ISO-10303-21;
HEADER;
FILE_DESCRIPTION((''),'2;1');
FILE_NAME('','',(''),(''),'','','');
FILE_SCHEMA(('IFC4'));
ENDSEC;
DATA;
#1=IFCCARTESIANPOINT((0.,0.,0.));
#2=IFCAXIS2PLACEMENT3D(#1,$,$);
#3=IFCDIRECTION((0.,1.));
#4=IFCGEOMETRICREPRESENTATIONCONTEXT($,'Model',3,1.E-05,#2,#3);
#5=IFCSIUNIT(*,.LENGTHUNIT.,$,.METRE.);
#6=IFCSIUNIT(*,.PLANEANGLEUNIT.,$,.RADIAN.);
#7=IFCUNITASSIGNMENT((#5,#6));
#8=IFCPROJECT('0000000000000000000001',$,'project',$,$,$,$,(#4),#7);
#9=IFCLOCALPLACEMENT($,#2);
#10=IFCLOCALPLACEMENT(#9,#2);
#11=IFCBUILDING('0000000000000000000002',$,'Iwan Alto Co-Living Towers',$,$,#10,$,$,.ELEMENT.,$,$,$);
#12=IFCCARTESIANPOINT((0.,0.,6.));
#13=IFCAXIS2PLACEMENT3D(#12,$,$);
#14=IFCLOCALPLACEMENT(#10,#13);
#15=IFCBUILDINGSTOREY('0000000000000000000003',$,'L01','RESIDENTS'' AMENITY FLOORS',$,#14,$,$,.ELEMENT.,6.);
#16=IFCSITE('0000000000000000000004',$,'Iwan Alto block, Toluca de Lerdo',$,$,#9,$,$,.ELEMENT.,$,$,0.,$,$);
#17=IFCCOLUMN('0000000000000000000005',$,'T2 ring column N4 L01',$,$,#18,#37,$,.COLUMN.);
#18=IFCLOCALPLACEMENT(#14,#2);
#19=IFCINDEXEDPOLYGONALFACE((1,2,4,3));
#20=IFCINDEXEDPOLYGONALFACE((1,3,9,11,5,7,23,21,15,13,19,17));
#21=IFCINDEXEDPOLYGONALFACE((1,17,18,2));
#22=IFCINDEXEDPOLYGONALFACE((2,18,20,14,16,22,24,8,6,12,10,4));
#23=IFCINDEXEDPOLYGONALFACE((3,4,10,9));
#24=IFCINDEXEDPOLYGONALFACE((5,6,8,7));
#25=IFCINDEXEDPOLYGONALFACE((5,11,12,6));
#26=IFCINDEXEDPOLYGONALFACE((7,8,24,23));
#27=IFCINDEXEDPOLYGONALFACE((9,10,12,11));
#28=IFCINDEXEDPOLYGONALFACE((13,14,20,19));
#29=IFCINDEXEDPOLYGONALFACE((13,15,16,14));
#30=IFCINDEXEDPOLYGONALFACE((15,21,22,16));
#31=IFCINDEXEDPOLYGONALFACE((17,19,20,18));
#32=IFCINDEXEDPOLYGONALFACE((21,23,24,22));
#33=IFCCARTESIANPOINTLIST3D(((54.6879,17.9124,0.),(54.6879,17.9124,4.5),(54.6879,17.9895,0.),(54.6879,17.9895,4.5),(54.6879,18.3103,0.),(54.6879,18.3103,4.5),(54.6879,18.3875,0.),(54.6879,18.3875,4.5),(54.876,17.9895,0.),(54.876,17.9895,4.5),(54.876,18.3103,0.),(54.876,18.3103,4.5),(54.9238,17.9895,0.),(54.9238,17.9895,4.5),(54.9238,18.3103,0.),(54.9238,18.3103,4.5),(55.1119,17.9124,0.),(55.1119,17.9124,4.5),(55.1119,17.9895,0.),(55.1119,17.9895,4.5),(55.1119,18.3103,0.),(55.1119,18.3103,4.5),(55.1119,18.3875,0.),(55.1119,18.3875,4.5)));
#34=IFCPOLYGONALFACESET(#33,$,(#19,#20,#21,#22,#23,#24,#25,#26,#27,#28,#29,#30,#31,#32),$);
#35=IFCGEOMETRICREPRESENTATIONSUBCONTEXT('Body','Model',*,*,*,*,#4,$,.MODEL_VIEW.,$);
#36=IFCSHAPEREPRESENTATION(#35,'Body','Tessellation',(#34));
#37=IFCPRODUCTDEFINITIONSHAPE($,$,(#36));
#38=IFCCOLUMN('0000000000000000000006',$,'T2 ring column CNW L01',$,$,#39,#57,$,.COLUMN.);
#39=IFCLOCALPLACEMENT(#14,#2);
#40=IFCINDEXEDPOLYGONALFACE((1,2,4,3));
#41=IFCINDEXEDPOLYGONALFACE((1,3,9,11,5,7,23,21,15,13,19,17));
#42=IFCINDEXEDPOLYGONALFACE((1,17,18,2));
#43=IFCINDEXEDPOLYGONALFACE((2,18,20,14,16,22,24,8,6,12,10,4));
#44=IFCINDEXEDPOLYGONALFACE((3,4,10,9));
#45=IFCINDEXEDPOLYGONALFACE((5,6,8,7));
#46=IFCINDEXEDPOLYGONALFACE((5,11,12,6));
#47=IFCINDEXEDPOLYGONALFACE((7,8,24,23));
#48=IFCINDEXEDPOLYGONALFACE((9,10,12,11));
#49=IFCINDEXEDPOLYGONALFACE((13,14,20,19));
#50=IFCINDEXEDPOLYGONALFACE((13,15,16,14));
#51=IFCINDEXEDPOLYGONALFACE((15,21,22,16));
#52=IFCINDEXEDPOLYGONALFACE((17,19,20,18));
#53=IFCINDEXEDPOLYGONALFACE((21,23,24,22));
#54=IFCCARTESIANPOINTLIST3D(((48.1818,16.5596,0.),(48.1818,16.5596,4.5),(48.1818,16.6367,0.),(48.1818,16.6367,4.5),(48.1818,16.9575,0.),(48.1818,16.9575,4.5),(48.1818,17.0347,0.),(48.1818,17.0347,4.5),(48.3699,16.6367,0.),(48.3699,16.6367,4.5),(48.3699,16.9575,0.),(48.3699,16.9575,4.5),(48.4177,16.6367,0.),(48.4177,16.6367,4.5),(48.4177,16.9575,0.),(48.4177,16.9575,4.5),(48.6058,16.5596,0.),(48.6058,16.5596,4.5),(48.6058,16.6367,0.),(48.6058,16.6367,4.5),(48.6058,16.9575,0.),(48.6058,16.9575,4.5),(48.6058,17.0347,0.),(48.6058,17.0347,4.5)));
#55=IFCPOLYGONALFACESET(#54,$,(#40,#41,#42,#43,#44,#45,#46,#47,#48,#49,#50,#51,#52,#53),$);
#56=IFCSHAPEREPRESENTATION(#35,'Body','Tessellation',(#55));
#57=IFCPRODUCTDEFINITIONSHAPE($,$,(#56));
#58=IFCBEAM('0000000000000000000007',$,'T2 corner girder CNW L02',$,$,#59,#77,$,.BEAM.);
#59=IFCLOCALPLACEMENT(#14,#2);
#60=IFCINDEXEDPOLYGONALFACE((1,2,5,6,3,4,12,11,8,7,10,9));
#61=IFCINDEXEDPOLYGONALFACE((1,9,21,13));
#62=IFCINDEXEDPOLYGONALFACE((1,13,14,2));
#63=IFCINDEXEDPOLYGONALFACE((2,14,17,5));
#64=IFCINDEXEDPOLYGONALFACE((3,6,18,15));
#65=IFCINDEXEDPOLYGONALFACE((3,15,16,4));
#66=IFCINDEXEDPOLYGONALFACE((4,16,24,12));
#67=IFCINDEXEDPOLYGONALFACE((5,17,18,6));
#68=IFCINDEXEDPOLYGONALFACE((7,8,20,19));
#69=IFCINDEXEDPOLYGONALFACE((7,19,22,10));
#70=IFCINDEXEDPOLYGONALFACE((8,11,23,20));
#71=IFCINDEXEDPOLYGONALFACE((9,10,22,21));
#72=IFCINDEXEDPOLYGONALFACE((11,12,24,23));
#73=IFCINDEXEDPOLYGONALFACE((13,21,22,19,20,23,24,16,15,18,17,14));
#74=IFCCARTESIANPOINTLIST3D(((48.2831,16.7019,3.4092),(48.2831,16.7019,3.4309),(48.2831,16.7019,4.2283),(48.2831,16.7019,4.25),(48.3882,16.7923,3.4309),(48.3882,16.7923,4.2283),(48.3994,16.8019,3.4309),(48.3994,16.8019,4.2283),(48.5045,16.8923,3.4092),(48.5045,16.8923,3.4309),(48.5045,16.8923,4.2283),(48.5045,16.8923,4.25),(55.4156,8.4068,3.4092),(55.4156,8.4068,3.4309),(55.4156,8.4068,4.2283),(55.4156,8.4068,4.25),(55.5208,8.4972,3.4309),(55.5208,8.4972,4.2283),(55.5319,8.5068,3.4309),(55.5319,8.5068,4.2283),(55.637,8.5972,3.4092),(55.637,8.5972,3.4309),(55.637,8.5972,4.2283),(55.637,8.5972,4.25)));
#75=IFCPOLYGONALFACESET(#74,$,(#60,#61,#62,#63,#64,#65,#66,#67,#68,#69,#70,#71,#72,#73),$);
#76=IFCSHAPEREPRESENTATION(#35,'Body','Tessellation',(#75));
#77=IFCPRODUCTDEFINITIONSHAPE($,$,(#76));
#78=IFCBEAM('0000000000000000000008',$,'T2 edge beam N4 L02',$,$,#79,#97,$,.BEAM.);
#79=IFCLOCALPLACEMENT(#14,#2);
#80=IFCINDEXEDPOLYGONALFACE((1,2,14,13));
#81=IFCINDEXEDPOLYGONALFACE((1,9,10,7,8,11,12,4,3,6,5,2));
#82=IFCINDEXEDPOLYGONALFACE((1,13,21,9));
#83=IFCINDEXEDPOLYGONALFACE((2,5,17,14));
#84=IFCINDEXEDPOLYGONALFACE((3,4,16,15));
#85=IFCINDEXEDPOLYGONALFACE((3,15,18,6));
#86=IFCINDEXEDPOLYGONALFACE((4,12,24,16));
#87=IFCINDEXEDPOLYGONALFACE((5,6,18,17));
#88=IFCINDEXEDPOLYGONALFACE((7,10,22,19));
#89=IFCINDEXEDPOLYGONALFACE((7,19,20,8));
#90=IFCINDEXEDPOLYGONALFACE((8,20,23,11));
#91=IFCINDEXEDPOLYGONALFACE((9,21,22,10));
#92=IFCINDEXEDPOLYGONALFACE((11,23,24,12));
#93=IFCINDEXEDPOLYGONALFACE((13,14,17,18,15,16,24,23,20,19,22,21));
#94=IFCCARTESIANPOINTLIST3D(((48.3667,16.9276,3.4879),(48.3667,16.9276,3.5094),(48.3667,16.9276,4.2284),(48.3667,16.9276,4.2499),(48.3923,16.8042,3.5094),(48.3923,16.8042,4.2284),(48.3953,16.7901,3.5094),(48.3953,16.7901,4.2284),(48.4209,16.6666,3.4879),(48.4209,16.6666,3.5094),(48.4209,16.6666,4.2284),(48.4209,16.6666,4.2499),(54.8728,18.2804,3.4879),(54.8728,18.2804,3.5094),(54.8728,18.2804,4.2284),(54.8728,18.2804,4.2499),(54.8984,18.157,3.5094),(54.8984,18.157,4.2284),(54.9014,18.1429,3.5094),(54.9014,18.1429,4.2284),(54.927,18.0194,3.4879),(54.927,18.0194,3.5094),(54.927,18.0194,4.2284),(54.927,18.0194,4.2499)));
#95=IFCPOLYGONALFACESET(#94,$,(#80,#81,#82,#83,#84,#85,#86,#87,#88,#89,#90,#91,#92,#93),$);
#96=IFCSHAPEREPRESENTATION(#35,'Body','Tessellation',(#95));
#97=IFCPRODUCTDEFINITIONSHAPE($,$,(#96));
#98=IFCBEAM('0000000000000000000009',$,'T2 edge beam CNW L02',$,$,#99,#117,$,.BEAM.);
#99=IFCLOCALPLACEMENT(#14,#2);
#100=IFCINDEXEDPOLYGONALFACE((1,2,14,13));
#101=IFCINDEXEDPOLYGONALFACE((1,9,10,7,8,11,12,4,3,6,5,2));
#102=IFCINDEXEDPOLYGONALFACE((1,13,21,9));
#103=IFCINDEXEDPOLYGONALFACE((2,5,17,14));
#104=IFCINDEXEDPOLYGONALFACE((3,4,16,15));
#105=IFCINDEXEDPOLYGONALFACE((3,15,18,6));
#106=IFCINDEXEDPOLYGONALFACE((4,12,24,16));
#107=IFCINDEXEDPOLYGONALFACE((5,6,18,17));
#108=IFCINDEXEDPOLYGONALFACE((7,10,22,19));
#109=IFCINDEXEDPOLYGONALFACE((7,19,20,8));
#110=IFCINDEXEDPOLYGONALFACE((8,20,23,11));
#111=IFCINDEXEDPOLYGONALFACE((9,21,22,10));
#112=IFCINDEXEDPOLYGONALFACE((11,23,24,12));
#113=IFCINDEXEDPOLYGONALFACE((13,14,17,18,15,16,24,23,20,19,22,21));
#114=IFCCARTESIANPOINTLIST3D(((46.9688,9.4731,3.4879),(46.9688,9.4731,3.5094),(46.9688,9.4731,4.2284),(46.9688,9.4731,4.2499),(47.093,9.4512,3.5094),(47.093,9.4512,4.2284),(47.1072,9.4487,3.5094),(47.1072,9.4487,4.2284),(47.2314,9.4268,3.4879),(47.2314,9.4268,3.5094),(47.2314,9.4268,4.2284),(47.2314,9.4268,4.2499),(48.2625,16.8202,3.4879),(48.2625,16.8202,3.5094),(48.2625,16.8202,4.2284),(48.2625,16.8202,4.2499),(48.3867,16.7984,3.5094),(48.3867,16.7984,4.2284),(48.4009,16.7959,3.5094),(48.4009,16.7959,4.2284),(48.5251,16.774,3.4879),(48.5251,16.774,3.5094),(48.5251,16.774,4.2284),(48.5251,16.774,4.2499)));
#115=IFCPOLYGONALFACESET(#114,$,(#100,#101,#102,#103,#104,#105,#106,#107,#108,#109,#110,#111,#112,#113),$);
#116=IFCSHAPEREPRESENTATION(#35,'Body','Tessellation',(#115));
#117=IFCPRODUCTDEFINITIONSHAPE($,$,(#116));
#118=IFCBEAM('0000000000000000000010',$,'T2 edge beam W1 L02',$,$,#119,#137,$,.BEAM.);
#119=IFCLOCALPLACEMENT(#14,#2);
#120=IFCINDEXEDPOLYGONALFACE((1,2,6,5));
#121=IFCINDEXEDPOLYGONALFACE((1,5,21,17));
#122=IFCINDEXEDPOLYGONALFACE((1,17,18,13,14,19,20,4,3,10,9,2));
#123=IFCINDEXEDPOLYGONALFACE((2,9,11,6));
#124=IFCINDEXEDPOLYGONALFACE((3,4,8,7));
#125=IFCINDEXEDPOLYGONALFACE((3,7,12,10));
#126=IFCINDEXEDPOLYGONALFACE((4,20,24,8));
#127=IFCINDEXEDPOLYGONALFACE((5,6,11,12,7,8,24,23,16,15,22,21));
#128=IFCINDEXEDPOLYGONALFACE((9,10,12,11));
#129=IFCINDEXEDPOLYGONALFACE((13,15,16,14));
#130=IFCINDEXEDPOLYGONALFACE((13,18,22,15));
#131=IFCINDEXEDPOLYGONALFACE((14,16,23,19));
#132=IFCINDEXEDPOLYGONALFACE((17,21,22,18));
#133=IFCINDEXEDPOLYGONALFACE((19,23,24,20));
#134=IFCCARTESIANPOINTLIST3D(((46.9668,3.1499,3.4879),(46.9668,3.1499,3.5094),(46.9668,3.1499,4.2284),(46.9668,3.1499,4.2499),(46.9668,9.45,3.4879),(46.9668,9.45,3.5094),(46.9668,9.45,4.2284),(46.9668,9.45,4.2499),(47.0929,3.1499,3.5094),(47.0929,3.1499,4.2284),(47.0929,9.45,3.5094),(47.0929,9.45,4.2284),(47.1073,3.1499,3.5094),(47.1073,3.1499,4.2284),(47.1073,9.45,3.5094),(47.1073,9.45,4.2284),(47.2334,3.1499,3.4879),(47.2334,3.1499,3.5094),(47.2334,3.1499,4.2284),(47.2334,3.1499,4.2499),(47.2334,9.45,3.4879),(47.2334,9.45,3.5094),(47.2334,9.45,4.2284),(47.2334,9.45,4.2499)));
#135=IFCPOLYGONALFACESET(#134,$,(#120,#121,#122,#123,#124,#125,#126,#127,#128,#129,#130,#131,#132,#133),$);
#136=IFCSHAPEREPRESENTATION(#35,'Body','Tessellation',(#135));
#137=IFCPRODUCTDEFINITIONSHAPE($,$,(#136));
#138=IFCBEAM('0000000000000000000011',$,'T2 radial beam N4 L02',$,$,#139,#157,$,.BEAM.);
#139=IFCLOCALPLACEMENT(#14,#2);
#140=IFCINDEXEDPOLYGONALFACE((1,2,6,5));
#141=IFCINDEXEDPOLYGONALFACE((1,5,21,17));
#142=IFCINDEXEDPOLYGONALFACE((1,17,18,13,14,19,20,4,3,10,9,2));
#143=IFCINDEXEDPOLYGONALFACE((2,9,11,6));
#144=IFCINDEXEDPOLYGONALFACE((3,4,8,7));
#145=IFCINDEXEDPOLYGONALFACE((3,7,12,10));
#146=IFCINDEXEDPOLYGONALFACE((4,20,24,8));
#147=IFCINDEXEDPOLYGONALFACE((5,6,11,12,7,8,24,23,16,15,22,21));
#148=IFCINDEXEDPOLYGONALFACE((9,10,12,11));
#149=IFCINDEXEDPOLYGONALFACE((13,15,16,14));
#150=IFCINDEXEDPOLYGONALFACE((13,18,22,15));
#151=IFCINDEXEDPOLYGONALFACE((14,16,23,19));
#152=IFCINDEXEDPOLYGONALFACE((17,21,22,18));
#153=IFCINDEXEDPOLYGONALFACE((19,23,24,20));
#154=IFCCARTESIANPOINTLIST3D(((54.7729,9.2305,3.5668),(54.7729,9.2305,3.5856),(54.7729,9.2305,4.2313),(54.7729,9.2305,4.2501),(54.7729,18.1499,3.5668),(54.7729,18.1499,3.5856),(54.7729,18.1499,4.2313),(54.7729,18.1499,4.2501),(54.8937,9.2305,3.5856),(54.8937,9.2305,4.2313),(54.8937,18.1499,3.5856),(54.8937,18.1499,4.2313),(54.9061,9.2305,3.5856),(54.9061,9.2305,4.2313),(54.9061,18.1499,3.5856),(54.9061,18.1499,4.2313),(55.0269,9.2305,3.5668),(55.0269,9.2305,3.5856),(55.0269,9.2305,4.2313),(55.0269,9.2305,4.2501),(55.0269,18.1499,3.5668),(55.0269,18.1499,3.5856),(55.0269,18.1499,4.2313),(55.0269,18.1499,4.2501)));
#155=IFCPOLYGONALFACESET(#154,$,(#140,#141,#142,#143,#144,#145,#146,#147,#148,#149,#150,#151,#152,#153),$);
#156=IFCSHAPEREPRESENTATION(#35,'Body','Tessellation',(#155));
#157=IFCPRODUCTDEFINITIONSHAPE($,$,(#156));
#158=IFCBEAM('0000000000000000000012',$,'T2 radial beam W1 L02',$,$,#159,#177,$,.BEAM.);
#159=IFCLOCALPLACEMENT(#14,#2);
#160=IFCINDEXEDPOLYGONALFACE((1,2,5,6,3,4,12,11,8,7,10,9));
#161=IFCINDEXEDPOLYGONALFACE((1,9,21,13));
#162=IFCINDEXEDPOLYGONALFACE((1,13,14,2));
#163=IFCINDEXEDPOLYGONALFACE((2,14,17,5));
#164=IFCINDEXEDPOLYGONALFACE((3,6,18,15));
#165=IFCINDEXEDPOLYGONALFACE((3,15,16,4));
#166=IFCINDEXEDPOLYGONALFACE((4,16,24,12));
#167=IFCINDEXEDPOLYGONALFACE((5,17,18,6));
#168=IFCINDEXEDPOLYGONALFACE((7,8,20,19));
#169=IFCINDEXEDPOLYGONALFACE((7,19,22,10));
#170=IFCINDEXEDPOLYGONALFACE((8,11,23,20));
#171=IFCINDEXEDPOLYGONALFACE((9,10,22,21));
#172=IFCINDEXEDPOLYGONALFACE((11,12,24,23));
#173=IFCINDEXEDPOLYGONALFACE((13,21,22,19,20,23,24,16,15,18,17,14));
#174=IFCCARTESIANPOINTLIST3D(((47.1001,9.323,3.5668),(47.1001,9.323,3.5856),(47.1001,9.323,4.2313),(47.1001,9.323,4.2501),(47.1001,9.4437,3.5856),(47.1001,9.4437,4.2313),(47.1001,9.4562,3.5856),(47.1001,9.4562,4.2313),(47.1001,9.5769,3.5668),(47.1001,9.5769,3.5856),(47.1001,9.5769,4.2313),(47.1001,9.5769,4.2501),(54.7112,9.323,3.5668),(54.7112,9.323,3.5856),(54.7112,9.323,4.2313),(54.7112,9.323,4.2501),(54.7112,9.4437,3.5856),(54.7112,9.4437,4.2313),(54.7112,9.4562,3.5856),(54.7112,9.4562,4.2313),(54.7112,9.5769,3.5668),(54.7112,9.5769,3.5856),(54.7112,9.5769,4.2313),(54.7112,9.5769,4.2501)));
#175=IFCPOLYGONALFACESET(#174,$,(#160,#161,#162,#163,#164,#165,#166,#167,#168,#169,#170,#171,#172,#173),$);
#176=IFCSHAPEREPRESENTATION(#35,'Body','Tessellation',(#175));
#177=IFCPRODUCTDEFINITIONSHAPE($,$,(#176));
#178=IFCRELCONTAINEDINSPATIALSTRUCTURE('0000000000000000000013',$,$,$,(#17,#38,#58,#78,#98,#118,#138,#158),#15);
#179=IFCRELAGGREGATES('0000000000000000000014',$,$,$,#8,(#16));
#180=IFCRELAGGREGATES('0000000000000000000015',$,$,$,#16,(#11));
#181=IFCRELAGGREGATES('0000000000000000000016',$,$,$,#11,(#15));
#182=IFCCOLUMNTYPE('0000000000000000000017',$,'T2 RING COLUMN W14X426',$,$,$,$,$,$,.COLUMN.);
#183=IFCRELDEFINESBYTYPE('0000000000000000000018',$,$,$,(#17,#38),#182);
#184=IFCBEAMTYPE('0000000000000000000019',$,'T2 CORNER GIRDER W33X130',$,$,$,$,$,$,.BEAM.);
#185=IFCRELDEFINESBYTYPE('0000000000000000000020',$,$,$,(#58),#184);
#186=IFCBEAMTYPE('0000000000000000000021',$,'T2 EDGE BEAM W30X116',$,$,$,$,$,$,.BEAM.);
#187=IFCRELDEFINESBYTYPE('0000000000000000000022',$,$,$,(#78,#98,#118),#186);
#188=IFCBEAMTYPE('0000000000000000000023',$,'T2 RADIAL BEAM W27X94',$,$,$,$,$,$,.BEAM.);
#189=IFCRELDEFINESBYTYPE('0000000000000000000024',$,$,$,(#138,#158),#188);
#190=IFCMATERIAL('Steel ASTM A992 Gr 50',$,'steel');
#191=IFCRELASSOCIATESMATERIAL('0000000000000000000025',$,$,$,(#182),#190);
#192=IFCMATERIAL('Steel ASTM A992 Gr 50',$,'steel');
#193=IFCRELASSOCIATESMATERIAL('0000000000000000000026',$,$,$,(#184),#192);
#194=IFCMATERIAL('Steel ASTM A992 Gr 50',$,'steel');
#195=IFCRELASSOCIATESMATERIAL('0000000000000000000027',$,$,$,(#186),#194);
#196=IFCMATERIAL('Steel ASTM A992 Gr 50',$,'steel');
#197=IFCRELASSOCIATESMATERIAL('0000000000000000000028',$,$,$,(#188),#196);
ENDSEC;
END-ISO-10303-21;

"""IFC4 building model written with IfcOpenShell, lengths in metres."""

from ifc_helpers import new_model, si_unit, direction, frame, origin, origin_2d, place, context, subcontext, project, spatial, i_section, extrude, material, material_profile, profile_set, type_object, element, save


model = new_model("IFC4")

# Units and contexts
model_context = context("Model", 3, precision=1e-05, world=origin(), true_north=direction((0.0, 1.0)))
body_context = subcontext(model_context, "Body", "Model", "MODEL_VIEW")
ifc_project = project(units=[si_unit("LENGTHUNIT", "METRE"), si_unit("PLANEANGLEUNIT", "RADIAN")], contexts=[model_context])

# Site, building, storey
site_placement = place(None, origin())
site = spatial("IfcSite", under=ifc_project, at=site_placement, Name="Iwan Alto block, Toluca de Lerdo", CompositionType="ELEMENT", RefElevation=0.0)
building_placement = place(site_placement, origin())
building = spatial("IfcBuilding", under=site, at=building_placement, Name="Iwan Alto Co-Living Towers", CompositionType="ELEMENT")
storey_placement = place(building_placement, frame((0.0, 0.0, 6.0)))
storey = spatial("IfcBuildingStorey", under=building, at=storey_placement, Name="L01", Description="RESIDENTS' AMENITY FLOORS", CompositionType="ELEMENT", Elevation=6.0)

# Columns
ifc_material_1 = material(Name="Steel ASTM A992 Gr 50", Category="steel")
ifc_material_profile_1 = material_profile(ifc_material_1, i_section(OverallWidth=0.4241, OverallDepth=0.4751, WebThickness=0.0479, FlangeThickness=0.0771, at=origin_2d()), Name="W14X426")
ifc_profile_set_1 = profile_set([ifc_material_profile_1], Name="Steel ASTM A992 Gr 50")
column_type = type_object("IfcColumnType", Name="T2 RING COLUMN W14X426", PredefinedType="COLUMN", material=ifc_profile_set_1)
for number, where, z_axis, x_axis, name in (
    (1, (54.8999, 18.1499, 0.0), (0.0, 0.0, 1.0), (1.0, 0.0, 0.0), "T2 ring column N4 L01"),
    (2, (48.3938, 16.7971, 0.0), (0.0, 0.0, 1.0), (1.0, 0.0, 0.0), "T2 ring column CNW L01"),
):
    element("IfcColumn", number, at=place(storey_placement, frame(where, z_axis=z_axis, x_axis=x_axis)), inside=storey, type_object=column_type, Name=name, PredefinedType="COLUMN", context=body_context, shape_type="SweptSolid", body=[
        extrude(i_section(OverallWidth=0.4241, OverallDepth=0.4751, WebThickness=0.0479, FlangeThickness=0.0771, at=origin_2d()), origin(), (0.0, 0.0, 1.0), 4.5),
    ])

# Beams
ifc_material_2 = material(Name="Steel ASTM A992 Gr 50", Category="steel")
ifc_material_profile_2 = material_profile(ifc_material_2, i_section(OverallWidth=0.292, OverallDepth=0.8408, WebThickness=0.0146, FlangeThickness=0.0217, at=origin_2d()), Name="W33X130")
ifc_profile_set_2 = profile_set([ifc_material_profile_2], Name="Steel ASTM A992 Gr 50")
beam_type_1 = type_object("IfcBeamType", Name="T2 CORNER GIRDER W33X130", PredefinedType="BEAM", material=ifc_profile_set_2)
beam_1_placement = place(storey_placement, frame((48.3938, 16.7971, 3.8296), z_axis=(0.651972, -0.758243, 0.0), x_axis=(0.758243, 0.651972, 0.0)))
element("IfcBeam", 3, at=beam_1_placement, inside=storey, type_object=beam_type_1, Name="T2 corner girder CNW L02", PredefinedType="BEAM", context=body_context, shape_type="SweptSolid", body=[
    extrude(i_section(OverallWidth=0.292, OverallDepth=0.8408, WebThickness=0.0146, FlangeThickness=0.0217, at=origin_2d()), origin(), (0.0, 0.0, 1.0), 10.9399),
])
ifc_material_3 = material(Name="Steel ASTM A992 Gr 50", Category="steel")
ifc_material_profile_3 = material_profile(ifc_material_3, i_section(OverallWidth=0.2666, OverallDepth=0.762, WebThickness=0.0144, FlangeThickness=0.0215, at=origin_2d()), Name="W30X116")
ifc_profile_set_3 = profile_set([ifc_material_profile_3], Name="Steel ASTM A992 Gr 50")
beam_type_2 = type_object("IfcBeamType", Name="T2 EDGE BEAM W30X116", PredefinedType="BEAM", material=ifc_profile_set_3)
beam_2_placement = place(storey_placement, frame((54.8999, 18.1499, 3.8689), z_axis=(-0.97906, -0.203571, 0.0), x_axis=(0.203571, -0.97906, 0.0)))
element("IfcBeam", 4, at=beam_2_placement, inside=storey, type_object=beam_type_2, Name="T2 edge beam N4 L02", PredefinedType="BEAM", context=body_context, shape_type="SweptSolid", body=[
    extrude(i_section(OverallWidth=0.2666, OverallDepth=0.762, WebThickness=0.0144, FlangeThickness=0.0215, at=origin_2d()), origin(), (0.0, 0.0, 1.0), 6.6453),
])
beam_3_placement = place(storey_placement, frame((48.3938, 16.7971, 3.8689), z_axis=(-0.173414, -0.984849, 0.0), x_axis=(0.984849, -0.173414, 0.0)))
element("IfcBeam", 5, at=beam_3_placement, inside=storey, type_object=beam_type_2, Name="T2 edge beam CNW L02", PredefinedType="BEAM", context=body_context, shape_type="SweptSolid", body=[
    extrude(i_section(OverallWidth=0.2666, OverallDepth=0.762, WebThickness=0.0144, FlangeThickness=0.0215, at=origin_2d()), origin(), (0.0, 0.0, 1.0), 7.4602),
])
beam_4_placement = place(storey_placement, frame((47.1001, 9.45, 3.8689), z_axis=(0.0, -1.0, 0.0), x_axis=(1.0, 0.0, 0.0)))
element("IfcBeam", 6, at=beam_4_placement, inside=storey, type_object=beam_type_2, Name="T2 edge beam W1 L02", PredefinedType="BEAM", context=body_context, shape_type="SweptSolid", body=[
    extrude(i_section(OverallWidth=0.2666, OverallDepth=0.762, WebThickness=0.0144, FlangeThickness=0.0215, at=origin_2d()), origin(), (0.0, 0.0, 1.0), 6.3),
])
ifc_material_4 = material(Name="Steel ASTM A992 Gr 50", Category="steel")
ifc_material_profile_4 = material_profile(ifc_material_4, i_section(OverallWidth=0.2539, OverallDepth=0.6833, WebThickness=0.0125, FlangeThickness=0.0188, at=origin_2d()), Name="W27X94")
ifc_profile_set_4 = profile_set([ifc_material_profile_4], Name="Steel ASTM A992 Gr 50")
beam_type_3 = type_object("IfcBeamType", Name="T2 RADIAL BEAM W27X94", PredefinedType="BEAM", material=ifc_profile_set_4)
beam_5_placement = place(storey_placement, frame((54.8999, 18.1499, 3.9084), z_axis=(0.0, -1.0, 0.0), x_axis=(1.0, 0.0, 0.0)))
element("IfcBeam", 7, at=beam_5_placement, inside=storey, type_object=beam_type_3, Name="T2 radial beam N4 L02", PredefinedType="BEAM", context=body_context, shape_type="SweptSolid", body=[
    extrude(i_section(OverallWidth=0.2539, OverallDepth=0.6833, WebThickness=0.0125, FlangeThickness=0.0188, at=origin_2d()), origin(), (0.0, 0.0, 1.0), 8.9194),
])
beam_6_placement = place(storey_placement, frame((47.1001, 9.45, 3.9084), z_axis=(1.0, 0.0, 0.0), x_axis=(0.0, 1.0, 0.0)))
element("IfcBeam", 8, at=beam_6_placement, inside=storey, type_object=beam_type_3, Name="T2 radial beam W1 L02", PredefinedType="BEAM", context=body_context, shape_type="SweptSolid", body=[
    extrude(i_section(OverallWidth=0.2539, OverallDepth=0.6833, WebThickness=0.0125, FlangeThickness=0.0188, at=origin_2d()), origin(), (0.0, 0.0, 1.0), 7.6111),
])

save(model, "model.ifc")
